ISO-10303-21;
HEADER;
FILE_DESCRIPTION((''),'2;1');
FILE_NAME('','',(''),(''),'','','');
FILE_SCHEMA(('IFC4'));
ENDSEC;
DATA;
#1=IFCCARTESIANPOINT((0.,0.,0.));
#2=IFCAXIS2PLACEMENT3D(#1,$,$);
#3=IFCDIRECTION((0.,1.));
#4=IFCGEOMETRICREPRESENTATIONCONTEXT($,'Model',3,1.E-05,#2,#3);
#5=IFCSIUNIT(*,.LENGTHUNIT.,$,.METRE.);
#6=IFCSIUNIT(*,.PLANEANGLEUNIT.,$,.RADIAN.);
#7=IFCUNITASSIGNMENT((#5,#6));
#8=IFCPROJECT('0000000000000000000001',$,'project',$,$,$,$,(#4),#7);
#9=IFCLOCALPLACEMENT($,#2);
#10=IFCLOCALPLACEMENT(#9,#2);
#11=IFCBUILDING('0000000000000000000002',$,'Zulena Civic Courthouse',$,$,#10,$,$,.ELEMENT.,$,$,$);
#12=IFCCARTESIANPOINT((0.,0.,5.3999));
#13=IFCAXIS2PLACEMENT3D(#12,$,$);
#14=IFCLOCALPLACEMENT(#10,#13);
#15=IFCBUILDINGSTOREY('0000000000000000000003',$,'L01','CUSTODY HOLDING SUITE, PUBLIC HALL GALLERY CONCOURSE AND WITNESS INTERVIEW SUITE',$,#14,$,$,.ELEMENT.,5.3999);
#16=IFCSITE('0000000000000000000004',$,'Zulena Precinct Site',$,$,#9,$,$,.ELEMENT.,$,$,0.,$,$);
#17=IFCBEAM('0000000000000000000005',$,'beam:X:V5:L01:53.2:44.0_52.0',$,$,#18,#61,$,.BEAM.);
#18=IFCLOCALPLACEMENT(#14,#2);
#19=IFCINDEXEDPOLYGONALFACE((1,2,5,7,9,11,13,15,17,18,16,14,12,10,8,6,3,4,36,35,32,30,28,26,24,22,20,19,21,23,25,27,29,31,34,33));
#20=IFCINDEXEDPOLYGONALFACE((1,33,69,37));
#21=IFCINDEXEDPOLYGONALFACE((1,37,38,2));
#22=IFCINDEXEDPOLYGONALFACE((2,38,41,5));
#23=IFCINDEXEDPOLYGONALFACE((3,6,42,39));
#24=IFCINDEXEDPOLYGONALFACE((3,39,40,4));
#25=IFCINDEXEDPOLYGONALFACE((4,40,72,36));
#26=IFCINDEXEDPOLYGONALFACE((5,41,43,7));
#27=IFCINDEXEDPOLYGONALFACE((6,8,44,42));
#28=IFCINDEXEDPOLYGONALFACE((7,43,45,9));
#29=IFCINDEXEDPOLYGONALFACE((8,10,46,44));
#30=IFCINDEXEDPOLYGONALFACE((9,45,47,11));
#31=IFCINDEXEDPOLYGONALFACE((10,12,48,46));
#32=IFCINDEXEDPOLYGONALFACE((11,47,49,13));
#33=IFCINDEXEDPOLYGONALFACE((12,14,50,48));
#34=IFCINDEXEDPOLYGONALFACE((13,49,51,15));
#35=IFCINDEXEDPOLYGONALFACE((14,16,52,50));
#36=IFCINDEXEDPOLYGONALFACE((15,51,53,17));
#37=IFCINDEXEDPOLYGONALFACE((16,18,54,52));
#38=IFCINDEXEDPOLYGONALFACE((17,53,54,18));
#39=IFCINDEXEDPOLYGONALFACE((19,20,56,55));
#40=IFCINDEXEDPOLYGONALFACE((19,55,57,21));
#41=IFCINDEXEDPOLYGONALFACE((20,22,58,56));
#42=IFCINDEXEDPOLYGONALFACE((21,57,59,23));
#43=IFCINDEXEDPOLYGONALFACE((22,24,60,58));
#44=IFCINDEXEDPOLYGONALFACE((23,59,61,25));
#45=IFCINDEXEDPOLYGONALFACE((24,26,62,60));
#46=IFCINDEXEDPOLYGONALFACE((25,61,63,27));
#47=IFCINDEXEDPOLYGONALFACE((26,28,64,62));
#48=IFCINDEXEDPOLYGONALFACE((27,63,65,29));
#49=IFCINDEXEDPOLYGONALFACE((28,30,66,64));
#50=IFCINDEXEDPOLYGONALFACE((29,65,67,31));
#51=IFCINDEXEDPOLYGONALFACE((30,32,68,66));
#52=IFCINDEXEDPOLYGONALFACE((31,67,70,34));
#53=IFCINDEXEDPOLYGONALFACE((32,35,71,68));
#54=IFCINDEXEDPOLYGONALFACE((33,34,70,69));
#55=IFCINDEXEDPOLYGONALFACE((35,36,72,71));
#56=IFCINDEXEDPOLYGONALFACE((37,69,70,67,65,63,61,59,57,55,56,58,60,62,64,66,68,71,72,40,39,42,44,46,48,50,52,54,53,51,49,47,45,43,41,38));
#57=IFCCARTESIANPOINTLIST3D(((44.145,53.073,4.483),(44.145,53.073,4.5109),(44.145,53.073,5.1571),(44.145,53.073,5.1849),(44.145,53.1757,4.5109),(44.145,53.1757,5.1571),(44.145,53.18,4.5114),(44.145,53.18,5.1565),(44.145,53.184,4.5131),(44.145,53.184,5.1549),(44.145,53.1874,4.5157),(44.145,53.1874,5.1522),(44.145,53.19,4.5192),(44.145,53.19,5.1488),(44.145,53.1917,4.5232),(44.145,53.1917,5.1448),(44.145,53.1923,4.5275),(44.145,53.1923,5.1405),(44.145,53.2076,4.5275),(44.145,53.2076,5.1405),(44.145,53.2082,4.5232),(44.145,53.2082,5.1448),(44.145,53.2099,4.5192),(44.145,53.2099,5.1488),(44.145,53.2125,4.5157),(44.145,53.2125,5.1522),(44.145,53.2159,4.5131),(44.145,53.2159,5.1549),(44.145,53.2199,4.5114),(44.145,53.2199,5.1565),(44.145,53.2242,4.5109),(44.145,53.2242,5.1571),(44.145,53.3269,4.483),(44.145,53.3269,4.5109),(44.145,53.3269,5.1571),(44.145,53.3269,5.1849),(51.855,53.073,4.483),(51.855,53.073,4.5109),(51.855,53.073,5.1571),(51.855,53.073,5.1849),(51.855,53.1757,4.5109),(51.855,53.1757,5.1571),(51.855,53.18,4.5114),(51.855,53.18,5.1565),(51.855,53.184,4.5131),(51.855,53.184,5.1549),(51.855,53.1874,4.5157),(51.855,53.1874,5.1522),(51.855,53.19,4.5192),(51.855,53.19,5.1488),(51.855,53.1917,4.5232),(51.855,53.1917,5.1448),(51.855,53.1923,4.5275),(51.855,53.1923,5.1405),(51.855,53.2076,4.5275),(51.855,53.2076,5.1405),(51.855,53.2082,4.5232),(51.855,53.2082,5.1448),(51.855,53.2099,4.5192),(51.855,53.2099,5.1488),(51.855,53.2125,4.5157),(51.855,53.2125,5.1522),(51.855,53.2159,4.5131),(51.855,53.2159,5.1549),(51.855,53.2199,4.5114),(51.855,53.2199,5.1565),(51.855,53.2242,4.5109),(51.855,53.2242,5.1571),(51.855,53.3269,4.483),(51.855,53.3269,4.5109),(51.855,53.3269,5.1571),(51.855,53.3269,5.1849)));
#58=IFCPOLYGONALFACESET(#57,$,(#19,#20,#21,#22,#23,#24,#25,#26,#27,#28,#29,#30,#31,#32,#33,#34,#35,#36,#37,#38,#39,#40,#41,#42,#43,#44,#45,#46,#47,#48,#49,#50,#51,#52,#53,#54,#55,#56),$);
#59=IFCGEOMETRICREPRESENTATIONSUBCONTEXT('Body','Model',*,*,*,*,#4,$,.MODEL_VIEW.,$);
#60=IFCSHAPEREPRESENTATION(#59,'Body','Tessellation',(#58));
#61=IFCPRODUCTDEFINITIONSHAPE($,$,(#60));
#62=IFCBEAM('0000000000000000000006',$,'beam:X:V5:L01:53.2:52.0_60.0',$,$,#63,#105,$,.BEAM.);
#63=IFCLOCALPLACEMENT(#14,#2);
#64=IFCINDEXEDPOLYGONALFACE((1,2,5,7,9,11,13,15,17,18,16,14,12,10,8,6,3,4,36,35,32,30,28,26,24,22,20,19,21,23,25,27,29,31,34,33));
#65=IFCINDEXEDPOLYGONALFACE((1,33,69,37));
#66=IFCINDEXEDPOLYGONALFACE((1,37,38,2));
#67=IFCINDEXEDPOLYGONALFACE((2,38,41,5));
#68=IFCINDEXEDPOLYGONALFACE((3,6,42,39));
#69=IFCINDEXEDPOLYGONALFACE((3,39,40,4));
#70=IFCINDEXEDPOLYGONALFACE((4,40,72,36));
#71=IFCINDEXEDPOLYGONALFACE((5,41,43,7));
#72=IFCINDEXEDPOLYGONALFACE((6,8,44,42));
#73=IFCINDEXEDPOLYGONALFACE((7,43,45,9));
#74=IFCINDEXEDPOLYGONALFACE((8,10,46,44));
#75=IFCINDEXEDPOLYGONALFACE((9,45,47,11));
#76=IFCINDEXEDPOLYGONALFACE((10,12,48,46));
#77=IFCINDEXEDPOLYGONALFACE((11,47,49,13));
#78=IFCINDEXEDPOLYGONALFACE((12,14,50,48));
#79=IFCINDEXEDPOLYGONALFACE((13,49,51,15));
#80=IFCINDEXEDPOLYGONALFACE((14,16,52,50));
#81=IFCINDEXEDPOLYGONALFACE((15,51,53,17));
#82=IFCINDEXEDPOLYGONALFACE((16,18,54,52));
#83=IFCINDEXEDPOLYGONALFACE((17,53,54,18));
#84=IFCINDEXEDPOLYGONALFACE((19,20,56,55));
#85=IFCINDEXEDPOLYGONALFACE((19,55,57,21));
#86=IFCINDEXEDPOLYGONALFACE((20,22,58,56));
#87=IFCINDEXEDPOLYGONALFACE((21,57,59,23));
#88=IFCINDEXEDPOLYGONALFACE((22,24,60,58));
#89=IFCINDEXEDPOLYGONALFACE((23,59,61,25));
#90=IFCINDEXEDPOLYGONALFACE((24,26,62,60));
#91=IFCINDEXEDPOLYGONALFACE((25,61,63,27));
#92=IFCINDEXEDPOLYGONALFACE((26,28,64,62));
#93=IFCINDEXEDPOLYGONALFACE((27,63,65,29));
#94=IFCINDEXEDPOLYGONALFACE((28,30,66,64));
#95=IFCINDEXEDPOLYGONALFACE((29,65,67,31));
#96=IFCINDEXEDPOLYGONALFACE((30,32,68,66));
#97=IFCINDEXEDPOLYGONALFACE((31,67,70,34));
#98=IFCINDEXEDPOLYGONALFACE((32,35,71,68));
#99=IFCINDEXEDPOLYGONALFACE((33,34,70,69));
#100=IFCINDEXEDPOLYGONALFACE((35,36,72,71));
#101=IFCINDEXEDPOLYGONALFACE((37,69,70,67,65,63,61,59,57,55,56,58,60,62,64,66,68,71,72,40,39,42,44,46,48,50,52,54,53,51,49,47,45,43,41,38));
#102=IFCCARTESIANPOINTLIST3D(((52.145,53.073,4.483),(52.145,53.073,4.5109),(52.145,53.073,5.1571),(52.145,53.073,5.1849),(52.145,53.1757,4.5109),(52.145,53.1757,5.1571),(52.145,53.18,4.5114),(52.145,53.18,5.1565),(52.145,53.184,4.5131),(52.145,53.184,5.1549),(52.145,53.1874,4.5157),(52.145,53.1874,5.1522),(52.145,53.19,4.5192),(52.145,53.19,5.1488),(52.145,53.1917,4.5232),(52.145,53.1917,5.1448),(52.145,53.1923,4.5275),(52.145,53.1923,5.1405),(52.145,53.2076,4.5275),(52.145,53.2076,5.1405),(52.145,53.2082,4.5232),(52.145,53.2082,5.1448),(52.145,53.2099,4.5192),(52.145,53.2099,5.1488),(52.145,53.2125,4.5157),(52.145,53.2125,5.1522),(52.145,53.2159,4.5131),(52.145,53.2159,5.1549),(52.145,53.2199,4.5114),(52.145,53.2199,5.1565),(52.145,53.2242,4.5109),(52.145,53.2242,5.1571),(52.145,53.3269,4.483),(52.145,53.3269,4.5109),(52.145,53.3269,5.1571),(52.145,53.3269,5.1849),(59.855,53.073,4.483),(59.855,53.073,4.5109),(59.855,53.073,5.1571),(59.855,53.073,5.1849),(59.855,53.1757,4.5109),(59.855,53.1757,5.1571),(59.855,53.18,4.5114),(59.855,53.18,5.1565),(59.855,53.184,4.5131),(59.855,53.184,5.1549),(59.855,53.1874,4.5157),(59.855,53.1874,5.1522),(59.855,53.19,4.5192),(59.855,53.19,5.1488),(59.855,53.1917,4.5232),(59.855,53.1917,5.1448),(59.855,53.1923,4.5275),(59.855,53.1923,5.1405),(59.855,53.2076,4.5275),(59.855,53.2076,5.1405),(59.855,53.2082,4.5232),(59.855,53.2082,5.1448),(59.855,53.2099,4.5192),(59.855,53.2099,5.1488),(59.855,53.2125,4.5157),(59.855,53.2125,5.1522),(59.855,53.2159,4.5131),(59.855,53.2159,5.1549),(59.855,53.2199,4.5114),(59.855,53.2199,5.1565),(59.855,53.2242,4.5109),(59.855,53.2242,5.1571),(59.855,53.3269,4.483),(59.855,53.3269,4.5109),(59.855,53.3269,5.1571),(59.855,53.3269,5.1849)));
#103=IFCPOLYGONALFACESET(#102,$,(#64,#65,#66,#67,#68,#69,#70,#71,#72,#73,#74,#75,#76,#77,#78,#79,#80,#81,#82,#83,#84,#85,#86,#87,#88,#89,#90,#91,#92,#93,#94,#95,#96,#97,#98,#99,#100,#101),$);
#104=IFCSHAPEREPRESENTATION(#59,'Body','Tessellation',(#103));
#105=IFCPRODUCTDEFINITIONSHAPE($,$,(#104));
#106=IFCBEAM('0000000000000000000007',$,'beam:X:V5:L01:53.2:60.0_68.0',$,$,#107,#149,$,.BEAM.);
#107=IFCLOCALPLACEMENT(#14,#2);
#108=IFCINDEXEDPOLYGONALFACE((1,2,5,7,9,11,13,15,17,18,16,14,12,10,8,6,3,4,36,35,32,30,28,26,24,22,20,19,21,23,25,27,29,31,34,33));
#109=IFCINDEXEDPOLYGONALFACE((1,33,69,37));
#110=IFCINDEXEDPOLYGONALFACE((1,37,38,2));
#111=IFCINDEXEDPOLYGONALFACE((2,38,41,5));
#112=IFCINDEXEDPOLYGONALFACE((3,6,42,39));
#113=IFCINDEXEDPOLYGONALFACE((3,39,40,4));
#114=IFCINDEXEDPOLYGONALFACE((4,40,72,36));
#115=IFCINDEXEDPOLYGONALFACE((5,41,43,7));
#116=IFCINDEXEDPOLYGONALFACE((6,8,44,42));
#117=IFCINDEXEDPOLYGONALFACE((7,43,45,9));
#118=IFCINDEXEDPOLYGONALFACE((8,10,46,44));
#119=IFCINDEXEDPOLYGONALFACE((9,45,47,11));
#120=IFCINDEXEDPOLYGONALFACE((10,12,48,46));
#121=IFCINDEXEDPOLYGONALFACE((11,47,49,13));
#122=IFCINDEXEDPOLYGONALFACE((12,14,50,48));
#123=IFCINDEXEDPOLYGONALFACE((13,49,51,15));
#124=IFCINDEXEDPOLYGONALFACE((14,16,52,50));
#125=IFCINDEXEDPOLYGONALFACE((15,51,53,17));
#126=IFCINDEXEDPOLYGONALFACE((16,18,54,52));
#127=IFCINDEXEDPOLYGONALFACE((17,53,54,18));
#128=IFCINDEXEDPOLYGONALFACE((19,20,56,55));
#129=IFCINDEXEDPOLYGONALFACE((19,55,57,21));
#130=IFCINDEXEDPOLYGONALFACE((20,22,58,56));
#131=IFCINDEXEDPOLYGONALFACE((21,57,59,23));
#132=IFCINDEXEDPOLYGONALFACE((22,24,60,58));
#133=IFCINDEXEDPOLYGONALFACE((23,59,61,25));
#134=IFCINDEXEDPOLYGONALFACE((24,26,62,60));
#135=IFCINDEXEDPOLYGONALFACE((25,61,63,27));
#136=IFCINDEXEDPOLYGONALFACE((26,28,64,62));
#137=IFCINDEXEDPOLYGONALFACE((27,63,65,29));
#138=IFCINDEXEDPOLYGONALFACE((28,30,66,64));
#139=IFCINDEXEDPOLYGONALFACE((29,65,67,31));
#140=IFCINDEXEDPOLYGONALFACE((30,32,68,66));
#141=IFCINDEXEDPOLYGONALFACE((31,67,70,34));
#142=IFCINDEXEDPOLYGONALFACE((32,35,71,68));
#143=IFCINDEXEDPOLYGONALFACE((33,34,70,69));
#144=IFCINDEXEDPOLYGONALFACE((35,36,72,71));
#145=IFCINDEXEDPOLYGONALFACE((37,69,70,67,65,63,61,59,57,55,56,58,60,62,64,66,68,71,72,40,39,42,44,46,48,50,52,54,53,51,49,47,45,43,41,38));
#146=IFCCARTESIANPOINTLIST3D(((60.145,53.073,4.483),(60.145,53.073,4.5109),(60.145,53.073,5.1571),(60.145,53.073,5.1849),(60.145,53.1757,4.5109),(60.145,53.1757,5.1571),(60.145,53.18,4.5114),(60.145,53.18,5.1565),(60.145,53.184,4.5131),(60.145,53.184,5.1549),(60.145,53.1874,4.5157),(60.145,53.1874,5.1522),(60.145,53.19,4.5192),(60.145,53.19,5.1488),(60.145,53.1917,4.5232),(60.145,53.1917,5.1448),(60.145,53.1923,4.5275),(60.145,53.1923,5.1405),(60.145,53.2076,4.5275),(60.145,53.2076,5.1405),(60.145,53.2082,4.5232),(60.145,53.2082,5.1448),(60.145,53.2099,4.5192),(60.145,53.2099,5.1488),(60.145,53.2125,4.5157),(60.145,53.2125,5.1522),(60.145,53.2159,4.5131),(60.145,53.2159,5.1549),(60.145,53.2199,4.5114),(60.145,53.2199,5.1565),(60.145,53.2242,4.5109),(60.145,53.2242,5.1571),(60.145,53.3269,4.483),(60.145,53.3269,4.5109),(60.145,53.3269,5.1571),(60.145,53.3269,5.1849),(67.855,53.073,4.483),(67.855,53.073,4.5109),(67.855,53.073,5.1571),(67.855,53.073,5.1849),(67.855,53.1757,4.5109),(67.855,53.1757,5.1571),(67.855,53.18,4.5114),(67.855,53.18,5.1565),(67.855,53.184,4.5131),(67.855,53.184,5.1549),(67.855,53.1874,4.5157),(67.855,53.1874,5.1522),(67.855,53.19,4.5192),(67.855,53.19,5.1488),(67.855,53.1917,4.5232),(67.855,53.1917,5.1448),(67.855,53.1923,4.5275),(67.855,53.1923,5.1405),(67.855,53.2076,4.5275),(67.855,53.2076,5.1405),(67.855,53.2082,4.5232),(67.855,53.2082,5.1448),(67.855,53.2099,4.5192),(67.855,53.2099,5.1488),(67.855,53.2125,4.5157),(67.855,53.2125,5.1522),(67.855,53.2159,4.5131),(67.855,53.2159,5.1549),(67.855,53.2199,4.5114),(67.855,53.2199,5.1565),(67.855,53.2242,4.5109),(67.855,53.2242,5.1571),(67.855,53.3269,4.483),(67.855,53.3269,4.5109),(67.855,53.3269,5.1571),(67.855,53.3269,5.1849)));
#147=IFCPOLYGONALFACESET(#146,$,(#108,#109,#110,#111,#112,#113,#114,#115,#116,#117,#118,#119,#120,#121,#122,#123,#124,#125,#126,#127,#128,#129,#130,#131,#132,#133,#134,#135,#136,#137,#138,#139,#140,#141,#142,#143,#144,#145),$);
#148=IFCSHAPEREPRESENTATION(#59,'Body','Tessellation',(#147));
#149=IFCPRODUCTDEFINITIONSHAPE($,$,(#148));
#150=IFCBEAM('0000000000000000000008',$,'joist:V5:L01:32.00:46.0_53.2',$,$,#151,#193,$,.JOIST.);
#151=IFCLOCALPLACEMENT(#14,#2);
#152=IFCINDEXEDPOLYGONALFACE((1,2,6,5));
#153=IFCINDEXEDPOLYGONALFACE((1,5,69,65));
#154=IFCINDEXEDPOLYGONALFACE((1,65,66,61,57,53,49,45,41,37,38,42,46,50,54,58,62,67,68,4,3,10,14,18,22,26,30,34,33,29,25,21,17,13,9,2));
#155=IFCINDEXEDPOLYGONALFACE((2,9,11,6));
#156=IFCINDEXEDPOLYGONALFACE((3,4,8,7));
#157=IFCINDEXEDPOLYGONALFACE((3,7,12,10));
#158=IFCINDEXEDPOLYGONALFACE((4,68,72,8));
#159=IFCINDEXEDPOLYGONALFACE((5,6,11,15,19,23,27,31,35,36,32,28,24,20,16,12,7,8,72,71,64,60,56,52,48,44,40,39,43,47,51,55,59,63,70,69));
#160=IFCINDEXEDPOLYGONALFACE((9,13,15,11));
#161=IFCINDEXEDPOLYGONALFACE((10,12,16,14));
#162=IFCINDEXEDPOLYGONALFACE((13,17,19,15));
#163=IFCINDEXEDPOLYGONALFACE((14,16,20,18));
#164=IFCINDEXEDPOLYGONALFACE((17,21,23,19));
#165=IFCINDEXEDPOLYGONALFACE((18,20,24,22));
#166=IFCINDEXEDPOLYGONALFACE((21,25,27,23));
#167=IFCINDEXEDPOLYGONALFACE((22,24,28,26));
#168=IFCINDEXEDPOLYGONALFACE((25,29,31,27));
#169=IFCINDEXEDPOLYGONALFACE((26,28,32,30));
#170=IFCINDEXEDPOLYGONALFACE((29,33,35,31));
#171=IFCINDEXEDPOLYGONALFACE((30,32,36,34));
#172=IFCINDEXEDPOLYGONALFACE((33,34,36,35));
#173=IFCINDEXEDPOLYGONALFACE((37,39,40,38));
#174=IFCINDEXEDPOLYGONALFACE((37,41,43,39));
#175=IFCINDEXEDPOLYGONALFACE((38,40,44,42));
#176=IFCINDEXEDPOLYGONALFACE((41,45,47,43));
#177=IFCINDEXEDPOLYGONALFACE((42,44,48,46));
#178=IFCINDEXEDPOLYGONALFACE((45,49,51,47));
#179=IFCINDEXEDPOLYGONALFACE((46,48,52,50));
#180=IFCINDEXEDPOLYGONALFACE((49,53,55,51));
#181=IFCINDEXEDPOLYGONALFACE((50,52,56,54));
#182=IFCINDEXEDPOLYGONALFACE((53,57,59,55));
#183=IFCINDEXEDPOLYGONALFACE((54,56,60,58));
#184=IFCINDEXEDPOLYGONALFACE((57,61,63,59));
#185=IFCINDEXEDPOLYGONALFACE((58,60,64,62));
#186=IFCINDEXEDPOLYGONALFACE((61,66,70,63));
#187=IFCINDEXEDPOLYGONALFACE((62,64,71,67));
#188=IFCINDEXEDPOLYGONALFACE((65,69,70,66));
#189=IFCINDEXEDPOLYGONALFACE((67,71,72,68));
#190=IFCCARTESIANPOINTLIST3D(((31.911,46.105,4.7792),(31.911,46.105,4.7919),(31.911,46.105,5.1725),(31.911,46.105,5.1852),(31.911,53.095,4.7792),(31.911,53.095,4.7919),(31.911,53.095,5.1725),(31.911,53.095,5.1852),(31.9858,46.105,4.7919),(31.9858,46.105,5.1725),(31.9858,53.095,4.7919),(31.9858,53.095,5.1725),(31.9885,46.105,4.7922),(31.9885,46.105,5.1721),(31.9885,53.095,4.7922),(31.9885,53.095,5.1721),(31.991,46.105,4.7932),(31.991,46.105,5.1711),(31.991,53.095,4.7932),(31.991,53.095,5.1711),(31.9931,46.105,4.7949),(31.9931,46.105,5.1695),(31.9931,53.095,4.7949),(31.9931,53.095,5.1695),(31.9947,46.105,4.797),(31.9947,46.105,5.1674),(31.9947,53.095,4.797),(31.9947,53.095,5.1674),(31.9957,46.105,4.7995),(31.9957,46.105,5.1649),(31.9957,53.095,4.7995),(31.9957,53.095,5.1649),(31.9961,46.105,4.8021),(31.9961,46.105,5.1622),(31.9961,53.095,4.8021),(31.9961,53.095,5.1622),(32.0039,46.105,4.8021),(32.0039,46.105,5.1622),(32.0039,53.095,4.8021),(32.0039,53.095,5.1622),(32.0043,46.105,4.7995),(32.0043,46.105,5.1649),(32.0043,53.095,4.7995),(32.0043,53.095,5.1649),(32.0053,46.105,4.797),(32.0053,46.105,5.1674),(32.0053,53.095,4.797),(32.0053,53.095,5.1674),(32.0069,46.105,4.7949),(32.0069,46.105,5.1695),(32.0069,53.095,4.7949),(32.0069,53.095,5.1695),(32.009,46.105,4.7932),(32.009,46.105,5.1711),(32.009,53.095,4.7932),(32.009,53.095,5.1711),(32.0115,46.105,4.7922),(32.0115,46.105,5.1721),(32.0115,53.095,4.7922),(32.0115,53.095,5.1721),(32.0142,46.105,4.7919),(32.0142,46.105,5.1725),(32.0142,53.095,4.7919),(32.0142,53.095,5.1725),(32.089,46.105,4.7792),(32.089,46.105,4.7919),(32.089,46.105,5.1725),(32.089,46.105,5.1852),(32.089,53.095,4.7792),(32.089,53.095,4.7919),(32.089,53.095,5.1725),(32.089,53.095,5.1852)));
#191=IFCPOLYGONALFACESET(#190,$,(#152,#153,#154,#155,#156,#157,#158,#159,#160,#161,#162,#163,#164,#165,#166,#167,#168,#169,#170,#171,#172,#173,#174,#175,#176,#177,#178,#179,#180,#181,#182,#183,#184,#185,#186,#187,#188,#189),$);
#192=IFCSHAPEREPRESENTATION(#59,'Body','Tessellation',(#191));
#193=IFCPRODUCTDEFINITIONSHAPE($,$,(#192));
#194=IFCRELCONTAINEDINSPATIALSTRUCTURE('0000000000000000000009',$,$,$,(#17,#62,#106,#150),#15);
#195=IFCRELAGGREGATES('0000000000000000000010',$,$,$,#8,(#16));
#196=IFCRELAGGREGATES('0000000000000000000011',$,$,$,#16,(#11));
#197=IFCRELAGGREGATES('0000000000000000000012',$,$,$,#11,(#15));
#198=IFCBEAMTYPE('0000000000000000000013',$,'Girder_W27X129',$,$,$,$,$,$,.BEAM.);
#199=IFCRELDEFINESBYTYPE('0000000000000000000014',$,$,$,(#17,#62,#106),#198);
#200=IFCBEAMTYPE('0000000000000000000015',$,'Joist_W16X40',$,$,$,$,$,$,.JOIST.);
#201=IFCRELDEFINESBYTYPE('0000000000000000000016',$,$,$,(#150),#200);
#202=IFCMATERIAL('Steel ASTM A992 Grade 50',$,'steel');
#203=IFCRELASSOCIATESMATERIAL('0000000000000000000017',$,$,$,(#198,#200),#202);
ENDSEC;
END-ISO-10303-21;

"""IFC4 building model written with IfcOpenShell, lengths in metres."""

from ifc_helpers import new_model, si_unit, direction, frame, origin, origin_2d, place, context, subcontext, project, spatial, i_section, extrude, material, material_profile, profile_set, type_object, element, save


model = new_model("IFC4")

# Units and contexts
model_context = context("Model", 3, precision=1e-05, world=origin(), true_north=direction((0.0, 1.0)))
body_context = subcontext(model_context, "Body", "Model", "MODEL_VIEW")
ifc_project = project(units=[si_unit("LENGTHUNIT", "METRE"), si_unit("PLANEANGLEUNIT", "RADIAN")], contexts=[model_context])

# Site, building, storey
site_placement = place(None, origin())
site = spatial("IfcSite", under=ifc_project, at=site_placement, Name="Zulena Precinct Site", CompositionType="ELEMENT", RefElevation=0.0)
building_placement = place(site_placement, origin())
building = spatial("IfcBuilding", under=site, at=building_placement, Name="Zulena Civic Courthouse", CompositionType="ELEMENT")
storey_placement = place(building_placement, frame((0.0, 0.0, 5.3999)))
storey = spatial("IfcBuildingStorey", under=building, at=storey_placement, Name="L01", Description="CUSTODY HOLDING SUITE, PUBLIC HALL GALLERY CONCOURSE AND WITNESS INTERVIEW SUITE", CompositionType="ELEMENT", Elevation=5.3999)

# Shared definitions
ifc_material_1 = material(Name="Steel ASTM A992 Grade 50", Category="steel")

# Beams
ifc_material_profile_1 = material_profile(ifc_material_1, i_section(OverallWidth=0.2539, OverallDepth=0.7019, WebThickness=0.0154, FlangeThickness=0.0278, FilletRadius=0.0166, at=origin_2d()), Name="W27X129")
ifc_profile_set_1 = profile_set([ifc_material_profile_1], Name="Steel ASTM A992 Grade 50")
beam_type_1 = type_object("IfcBeamType", Name="Girder_W27X129", PredefinedType="BEAM", material=ifc_profile_set_1)
for number, where, z_axis, x_axis, name in (
    (1, (44.145, 53.2, 4.834), (1.0, 0.0, 0.0), (0.0, 1.0, 0.0), "beam:X:V5:L01:53.2:44.0_52.0"),
    (2, (52.145, 53.2, 4.834), (1.0, 0.0, 0.0), (0.0, 1.0, 0.0), "beam:X:V5:L01:53.2:52.0_60.0"),
    (3, (60.145, 53.2, 4.834), (1.0, 0.0, 0.0), (0.0, 1.0, 0.0), "beam:X:V5:L01:53.2:60.0_68.0"),
):
    element("IfcBeam", number, at=place(storey_placement, frame(where, z_axis=z_axis, x_axis=x_axis)), inside=storey, type_object=beam_type_1, Name=name, PredefinedType="BEAM", context=body_context, shape_type="SweptSolid", body=[
        extrude(i_section(OverallWidth=0.2539, OverallDepth=0.7019, WebThickness=0.0154, FlangeThickness=0.0278, FilletRadius=0.0166, at=origin_2d()), origin(), (0.0, 0.0, 1.0), 7.71),
    ])
ifc_material_profile_2 = material_profile(ifc_material_1, i_section(OverallWidth=0.178, OverallDepth=0.406, WebThickness=0.0078, FlangeThickness=0.0127, FilletRadius=0.0103, at=origin_2d()), Name="W16X40")
ifc_profile_set_2 = profile_set([ifc_material_profile_2], Name="Steel ASTM A992 Grade 50")
beam_type_2 = type_object("IfcBeamType", Name="Joist_W16X40", PredefinedType="JOIST", material=ifc_profile_set_2)
beam_1_placement = place(storey_placement, frame((32.0, 46.105, 4.9822), z_axis=(0.0, 1.0, 0.0), x_axis=(-1.0, 0.0, 0.0)))
element("IfcBeam", 4, at=beam_1_placement, inside=storey, type_object=beam_type_2, Name="joist:V5:L01:32.00:46.0_53.2", PredefinedType="JOIST", context=body_context, shape_type="SweptSolid", body=[
    extrude(i_section(OverallWidth=0.178, OverallDepth=0.406, WebThickness=0.0078, FlangeThickness=0.0127, FilletRadius=0.0103, at=origin_2d()), origin(), (0.0, 0.0, 1.0), 6.99),
])

save(model, "model.ifc")
